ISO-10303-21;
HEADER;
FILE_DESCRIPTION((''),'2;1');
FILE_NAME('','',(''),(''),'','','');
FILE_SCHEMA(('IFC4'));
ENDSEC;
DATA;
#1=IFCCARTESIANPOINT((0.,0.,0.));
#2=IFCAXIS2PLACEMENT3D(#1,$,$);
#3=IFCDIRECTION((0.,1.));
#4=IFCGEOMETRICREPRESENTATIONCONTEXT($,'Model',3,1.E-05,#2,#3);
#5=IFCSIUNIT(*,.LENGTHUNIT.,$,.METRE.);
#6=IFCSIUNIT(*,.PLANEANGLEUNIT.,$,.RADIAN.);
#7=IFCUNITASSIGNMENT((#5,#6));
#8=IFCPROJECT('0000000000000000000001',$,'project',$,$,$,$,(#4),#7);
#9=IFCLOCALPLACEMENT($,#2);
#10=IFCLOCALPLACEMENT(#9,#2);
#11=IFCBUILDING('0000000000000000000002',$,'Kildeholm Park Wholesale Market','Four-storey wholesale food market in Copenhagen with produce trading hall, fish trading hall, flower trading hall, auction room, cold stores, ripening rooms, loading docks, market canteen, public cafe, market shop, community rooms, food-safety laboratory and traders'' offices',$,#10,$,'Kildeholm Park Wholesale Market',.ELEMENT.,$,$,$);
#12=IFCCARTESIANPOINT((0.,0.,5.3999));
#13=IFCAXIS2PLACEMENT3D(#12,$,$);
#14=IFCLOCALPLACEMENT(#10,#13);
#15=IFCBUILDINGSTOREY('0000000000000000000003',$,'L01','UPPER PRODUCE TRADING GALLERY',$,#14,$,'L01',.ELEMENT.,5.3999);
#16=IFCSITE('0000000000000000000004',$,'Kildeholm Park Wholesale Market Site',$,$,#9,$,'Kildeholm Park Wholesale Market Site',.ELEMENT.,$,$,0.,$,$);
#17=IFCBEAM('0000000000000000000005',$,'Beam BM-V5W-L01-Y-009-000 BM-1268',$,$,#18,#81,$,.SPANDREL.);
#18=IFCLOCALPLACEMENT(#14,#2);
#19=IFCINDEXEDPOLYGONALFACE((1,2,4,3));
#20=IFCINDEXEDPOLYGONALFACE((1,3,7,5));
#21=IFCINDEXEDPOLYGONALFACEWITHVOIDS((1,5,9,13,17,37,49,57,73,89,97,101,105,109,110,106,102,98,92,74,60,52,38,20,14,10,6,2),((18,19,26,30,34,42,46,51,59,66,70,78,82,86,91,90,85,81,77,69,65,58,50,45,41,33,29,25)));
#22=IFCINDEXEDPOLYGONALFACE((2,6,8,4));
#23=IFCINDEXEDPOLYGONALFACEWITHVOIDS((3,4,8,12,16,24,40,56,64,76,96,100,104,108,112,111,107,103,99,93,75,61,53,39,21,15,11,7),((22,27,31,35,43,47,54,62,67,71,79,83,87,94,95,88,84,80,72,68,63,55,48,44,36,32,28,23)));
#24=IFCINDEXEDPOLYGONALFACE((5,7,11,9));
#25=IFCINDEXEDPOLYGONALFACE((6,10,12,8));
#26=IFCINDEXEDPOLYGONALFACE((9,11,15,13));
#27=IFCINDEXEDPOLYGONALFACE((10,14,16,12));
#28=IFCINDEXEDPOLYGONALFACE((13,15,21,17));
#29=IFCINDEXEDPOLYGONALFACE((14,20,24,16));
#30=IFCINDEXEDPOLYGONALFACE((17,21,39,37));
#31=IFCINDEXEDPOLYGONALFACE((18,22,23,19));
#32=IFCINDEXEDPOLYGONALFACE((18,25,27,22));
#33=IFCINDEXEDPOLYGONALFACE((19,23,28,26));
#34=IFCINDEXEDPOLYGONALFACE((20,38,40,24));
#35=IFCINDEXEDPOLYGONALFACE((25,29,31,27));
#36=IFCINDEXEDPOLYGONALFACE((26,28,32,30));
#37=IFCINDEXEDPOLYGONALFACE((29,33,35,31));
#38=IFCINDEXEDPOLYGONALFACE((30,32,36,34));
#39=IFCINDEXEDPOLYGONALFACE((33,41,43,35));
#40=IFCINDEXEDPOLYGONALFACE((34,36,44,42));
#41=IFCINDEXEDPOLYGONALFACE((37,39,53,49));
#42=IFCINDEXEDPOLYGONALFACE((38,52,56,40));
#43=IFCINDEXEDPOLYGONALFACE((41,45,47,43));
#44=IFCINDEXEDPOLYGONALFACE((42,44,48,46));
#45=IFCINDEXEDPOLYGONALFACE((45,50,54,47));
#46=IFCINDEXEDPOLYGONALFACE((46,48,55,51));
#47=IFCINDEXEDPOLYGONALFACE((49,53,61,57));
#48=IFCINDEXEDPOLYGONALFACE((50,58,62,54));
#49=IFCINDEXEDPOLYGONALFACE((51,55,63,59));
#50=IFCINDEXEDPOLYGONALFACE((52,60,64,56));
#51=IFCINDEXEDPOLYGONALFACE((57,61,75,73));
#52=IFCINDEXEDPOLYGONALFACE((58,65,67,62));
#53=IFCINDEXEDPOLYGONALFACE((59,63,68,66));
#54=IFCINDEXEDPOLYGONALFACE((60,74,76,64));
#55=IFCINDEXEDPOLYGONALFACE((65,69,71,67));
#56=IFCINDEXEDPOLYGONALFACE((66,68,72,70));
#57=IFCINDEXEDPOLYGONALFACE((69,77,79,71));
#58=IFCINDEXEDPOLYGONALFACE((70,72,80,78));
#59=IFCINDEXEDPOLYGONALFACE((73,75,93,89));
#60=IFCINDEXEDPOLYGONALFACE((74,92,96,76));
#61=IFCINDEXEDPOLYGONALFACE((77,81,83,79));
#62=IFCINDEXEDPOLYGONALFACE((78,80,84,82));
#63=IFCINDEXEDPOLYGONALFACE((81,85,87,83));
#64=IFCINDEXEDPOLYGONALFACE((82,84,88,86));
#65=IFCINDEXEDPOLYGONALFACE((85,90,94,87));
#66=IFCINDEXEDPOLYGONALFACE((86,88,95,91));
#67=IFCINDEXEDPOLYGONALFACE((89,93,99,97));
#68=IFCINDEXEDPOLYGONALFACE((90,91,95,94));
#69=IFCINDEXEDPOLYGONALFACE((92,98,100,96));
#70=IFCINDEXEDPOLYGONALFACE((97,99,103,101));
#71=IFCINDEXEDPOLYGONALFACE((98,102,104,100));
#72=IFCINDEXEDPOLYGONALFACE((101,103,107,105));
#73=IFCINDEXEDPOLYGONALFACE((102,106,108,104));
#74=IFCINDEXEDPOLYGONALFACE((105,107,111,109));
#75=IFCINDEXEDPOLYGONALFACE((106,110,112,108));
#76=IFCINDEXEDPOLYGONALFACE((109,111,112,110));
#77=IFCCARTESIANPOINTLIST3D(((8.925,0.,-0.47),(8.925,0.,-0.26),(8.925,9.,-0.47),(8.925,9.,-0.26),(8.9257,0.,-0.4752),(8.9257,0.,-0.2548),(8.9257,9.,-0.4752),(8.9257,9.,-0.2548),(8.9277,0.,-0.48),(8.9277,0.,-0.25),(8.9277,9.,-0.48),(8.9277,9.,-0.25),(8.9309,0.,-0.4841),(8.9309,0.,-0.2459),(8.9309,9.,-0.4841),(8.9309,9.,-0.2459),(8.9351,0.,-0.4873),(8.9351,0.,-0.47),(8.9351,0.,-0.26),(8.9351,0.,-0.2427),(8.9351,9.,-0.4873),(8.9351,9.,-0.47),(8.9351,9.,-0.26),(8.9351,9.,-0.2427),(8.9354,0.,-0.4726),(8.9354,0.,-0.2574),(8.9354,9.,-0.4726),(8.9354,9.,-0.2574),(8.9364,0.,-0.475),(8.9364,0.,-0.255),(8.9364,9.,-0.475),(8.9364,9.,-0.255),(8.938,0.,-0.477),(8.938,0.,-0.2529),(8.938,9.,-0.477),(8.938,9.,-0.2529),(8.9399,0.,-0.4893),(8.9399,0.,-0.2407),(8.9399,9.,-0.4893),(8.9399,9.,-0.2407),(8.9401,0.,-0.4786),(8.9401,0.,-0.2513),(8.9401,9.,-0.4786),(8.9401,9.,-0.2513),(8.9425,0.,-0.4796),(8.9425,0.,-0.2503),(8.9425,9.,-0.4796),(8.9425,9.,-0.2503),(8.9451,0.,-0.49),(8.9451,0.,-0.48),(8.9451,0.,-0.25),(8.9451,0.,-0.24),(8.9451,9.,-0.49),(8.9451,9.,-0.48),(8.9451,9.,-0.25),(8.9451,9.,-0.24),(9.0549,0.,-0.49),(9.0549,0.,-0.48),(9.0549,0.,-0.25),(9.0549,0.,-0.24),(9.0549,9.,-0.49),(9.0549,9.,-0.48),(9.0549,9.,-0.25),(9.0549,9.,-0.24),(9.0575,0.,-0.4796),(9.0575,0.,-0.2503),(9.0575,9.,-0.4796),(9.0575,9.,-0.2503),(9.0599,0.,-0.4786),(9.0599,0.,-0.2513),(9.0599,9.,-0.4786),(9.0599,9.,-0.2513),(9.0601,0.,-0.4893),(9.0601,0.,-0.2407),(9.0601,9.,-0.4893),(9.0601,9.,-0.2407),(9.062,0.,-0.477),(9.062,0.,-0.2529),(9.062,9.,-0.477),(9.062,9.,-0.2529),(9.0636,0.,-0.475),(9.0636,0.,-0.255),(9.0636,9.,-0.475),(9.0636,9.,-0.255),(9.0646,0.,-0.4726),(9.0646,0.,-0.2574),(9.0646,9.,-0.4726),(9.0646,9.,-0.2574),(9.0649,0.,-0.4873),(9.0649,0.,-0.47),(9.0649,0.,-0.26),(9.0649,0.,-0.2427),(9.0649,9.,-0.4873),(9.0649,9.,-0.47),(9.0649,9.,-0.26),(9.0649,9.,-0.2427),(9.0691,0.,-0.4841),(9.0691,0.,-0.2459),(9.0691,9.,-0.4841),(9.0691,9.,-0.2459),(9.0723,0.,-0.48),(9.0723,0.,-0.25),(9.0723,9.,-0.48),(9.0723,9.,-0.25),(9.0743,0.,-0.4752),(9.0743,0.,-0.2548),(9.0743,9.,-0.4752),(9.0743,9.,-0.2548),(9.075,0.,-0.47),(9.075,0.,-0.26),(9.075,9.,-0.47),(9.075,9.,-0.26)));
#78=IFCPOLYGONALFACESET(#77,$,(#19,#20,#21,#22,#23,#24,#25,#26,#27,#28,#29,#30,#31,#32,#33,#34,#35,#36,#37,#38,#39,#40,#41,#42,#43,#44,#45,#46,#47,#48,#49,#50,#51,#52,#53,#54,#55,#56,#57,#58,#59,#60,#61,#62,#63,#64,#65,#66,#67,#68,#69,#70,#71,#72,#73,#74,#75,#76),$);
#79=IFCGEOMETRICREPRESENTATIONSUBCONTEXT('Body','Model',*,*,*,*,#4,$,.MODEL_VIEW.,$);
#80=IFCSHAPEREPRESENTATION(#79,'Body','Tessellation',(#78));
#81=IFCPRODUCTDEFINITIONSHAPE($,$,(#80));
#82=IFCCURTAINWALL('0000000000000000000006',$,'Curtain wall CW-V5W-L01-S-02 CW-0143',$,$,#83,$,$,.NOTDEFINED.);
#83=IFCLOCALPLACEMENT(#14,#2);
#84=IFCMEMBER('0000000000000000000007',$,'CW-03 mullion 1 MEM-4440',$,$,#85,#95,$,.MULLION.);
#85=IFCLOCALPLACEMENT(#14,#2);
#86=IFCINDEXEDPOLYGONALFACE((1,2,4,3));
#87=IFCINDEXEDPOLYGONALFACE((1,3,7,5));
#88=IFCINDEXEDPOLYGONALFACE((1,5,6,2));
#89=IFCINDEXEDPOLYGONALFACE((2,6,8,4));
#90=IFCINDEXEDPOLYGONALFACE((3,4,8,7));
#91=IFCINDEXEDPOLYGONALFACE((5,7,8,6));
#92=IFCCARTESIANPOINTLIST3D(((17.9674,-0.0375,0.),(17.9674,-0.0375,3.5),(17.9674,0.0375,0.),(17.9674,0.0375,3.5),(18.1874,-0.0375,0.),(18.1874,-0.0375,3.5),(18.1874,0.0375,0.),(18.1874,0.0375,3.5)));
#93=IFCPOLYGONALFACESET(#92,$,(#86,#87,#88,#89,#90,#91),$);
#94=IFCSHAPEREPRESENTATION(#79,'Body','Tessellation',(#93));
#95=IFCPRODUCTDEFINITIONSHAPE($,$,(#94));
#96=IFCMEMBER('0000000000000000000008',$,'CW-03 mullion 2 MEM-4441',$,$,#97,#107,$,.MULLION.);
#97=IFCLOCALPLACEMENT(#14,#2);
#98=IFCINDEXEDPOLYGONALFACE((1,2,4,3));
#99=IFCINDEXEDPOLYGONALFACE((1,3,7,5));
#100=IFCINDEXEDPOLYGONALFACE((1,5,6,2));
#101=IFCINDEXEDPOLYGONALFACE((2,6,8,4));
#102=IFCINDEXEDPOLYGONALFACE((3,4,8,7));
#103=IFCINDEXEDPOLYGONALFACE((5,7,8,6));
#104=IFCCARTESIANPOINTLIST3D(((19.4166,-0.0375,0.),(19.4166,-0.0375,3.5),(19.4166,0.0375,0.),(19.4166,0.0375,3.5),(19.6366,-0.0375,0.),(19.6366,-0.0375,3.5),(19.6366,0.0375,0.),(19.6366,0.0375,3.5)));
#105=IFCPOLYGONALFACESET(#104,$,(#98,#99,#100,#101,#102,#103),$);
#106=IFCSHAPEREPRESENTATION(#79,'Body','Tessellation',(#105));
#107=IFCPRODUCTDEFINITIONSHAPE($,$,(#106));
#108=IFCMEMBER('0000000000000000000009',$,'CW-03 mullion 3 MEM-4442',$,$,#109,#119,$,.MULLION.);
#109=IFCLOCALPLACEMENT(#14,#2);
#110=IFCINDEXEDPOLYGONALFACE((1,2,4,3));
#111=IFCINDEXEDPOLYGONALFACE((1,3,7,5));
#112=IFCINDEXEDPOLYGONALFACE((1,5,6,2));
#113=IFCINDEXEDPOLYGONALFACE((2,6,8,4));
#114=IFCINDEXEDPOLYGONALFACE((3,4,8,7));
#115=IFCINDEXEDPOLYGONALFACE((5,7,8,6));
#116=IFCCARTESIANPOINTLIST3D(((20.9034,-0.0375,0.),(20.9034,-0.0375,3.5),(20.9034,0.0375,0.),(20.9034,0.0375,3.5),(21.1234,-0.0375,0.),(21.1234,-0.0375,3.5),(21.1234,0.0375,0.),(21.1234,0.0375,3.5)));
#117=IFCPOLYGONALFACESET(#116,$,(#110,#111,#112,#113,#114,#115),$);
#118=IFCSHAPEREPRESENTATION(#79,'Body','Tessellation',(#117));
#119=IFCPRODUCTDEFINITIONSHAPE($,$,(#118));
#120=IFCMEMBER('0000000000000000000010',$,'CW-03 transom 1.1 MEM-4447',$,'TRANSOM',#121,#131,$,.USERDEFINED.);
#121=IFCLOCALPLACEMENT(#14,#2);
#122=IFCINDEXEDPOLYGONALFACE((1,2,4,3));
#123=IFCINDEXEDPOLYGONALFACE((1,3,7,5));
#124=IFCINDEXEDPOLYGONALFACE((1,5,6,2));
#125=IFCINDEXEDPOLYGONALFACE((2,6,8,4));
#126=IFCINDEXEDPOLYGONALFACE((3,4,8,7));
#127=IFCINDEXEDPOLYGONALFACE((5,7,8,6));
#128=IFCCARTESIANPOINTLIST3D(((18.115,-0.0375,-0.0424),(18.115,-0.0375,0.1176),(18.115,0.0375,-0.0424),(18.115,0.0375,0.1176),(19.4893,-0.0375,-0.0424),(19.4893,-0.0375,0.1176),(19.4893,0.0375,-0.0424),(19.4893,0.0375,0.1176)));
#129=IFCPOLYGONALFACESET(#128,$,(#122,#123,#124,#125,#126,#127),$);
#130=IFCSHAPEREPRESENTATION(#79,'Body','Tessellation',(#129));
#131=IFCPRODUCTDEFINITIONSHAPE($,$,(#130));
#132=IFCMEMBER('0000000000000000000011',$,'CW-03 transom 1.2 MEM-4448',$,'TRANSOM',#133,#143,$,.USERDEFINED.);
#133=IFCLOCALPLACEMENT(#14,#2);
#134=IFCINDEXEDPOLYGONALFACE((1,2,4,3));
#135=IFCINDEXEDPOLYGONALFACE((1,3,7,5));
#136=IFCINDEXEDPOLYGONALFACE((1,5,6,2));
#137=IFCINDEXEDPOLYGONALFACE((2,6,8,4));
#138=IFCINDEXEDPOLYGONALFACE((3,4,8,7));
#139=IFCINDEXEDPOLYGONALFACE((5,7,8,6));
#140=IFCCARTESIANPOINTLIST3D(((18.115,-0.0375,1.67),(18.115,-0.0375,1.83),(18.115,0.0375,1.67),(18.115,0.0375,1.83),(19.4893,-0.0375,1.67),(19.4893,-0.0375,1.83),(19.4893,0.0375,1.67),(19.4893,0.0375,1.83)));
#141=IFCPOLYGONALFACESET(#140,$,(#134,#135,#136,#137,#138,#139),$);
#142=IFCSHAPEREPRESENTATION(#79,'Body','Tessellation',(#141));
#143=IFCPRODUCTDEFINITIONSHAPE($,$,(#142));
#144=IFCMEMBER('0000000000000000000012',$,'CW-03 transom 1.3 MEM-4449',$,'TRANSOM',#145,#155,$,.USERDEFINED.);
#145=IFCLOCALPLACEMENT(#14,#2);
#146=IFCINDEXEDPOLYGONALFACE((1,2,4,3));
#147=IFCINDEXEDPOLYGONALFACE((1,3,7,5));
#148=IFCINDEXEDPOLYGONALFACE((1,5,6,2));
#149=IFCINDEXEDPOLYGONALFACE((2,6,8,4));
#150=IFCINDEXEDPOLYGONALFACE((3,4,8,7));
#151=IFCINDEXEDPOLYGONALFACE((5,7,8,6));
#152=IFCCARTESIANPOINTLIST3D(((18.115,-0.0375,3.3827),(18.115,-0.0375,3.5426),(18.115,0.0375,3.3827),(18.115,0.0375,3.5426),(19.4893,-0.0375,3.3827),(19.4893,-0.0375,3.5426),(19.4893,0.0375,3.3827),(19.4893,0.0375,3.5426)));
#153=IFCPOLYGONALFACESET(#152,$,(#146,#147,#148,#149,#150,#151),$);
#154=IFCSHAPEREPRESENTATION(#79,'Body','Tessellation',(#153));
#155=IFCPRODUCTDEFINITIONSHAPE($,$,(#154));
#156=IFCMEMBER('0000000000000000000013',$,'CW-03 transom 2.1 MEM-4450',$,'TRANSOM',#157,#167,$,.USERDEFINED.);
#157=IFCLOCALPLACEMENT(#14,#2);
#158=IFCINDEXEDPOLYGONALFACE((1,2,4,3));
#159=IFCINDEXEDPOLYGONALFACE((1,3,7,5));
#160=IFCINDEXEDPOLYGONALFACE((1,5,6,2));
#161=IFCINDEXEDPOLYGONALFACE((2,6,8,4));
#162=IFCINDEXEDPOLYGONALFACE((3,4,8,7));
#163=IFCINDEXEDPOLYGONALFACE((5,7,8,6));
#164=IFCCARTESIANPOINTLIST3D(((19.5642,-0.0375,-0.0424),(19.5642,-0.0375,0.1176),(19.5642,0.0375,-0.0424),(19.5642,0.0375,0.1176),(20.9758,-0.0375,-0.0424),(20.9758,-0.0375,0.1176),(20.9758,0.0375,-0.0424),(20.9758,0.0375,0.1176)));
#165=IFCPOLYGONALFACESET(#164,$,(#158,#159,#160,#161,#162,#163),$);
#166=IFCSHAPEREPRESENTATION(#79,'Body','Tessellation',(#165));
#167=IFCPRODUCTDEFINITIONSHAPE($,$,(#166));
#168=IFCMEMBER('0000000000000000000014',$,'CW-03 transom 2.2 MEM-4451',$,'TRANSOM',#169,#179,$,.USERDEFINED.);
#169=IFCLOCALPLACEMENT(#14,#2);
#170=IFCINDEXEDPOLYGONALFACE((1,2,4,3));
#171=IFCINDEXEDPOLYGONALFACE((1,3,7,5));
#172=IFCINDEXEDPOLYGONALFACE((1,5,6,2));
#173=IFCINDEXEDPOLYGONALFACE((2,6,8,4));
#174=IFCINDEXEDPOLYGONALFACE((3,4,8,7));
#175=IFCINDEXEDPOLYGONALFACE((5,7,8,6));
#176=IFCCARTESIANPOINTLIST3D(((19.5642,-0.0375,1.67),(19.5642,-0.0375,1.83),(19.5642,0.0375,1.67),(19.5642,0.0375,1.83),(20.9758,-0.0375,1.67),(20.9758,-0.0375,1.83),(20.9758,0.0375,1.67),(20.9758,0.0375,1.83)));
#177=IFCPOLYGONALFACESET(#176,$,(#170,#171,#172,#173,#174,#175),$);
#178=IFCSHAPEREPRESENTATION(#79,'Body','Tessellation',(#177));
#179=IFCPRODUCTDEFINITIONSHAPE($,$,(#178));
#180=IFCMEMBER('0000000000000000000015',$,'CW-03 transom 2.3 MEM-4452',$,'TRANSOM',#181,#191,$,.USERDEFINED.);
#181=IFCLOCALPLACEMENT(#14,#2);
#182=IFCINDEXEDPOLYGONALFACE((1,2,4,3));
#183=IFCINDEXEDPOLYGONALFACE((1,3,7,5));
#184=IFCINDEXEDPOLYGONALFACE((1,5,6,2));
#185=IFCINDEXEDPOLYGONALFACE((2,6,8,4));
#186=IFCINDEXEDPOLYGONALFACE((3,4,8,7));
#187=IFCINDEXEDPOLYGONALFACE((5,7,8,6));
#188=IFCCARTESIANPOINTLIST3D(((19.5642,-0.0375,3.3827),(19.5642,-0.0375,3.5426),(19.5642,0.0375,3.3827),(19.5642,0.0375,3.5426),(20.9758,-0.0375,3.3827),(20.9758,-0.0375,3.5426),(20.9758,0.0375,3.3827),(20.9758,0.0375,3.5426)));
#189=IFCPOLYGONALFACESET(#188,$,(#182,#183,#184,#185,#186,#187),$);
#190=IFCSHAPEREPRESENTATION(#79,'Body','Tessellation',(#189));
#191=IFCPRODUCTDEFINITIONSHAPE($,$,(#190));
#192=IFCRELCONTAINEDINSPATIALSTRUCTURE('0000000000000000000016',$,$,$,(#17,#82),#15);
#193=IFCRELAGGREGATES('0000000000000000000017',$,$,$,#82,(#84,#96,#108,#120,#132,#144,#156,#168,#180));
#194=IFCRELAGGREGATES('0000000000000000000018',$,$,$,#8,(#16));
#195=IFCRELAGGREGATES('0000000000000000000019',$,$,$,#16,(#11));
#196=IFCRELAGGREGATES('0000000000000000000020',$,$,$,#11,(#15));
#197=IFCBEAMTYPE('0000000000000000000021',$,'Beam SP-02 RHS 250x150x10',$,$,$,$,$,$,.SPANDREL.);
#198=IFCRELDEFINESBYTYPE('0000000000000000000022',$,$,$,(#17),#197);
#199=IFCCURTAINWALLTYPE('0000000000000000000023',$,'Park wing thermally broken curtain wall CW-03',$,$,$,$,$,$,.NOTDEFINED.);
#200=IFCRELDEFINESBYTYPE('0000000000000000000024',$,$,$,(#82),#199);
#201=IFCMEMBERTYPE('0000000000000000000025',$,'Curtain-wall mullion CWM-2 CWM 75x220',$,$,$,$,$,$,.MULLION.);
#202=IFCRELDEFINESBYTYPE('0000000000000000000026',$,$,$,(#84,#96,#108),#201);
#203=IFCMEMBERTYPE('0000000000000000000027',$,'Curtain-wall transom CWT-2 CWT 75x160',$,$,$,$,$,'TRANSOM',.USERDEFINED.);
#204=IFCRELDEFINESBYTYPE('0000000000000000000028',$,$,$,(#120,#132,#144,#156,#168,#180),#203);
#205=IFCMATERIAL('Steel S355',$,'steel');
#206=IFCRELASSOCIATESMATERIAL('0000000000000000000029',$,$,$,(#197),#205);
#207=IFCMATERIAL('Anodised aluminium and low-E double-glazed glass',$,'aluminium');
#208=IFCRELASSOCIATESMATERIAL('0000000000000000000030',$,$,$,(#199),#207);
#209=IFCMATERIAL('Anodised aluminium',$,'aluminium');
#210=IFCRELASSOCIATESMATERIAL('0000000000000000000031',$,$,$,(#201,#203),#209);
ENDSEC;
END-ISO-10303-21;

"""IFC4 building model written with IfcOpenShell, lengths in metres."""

from ifc_helpers import new_model, si_unit, direction, frame, origin, origin_2d, place, context, subcontext, project, spatial, rectangle, hollow_rectangle, extrude, material, material_profile, profile_set, type_object, element, aggregate, save


model = new_model("IFC4")

# Units and contexts
model_context = context("Model", 3, precision=1e-05, world=origin(), true_north=direction((0.0, 1.0)))
body_context = subcontext(model_context, "Body", "Model", "MODEL_VIEW")
ifc_project = project(units=[si_unit("LENGTHUNIT", "METRE"), si_unit("PLANEANGLEUNIT", "RADIAN")], contexts=[model_context])

# Site, building, storey
site_placement = place(None, origin())
site = spatial("IfcSite", under=ifc_project, at=site_placement, Name="Kildeholm Park Wholesale Market Site", LongName="Kildeholm Park Wholesale Market Site", CompositionType="ELEMENT", RefElevation=0.0)
building_placement = place(site_placement, origin())
building = spatial("IfcBuilding", under=site, at=building_placement, Name="Kildeholm Park Wholesale Market", Description="Four-storey wholesale food market in Copenhagen with produce trading hall, fish trading hall, flower trading hall, auction room, cold stores, ripening rooms, loading docks, market canteen, public cafe, market shop, community rooms, food-safety laboratory and traders' offices", LongName="Kildeholm Park Wholesale Market", CompositionType="ELEMENT")
storey_placement = place(building_placement, frame((0.0, 0.0, 5.3999)))
storey = spatial("IfcBuildingStorey", under=building, at=storey_placement, Name="L01", Description="UPPER PRODUCE TRADING GALLERY", LongName="L01", CompositionType="ELEMENT", Elevation=5.3999)

# Shared definitions
ifc_material_1 = material(Name="Steel S355", Category="steel")

# Beam
ifc_material_profile_1 = material_profile(ifc_material_1, hollow_rectangle(XDim=0.1499, YDim=0.25, WallThickness=0.01, InnerFilletRadius=0.01, OuterFilletRadius=0.02, at=origin_2d()), Name="RHS 250x150x10")
ifc_profile_set_1 = profile_set([ifc_material_profile_1], Name="Steel S355")
beam_type_1 = type_object("IfcBeamType", Name="Beam SP-02 RHS 250x150x10", PredefinedType="SPANDREL", material=ifc_profile_set_1)
beam_1_placement = place(storey_placement, frame((9.0, 0.0, -0.365), z_axis=(0.0, 1.0, 0.0), x_axis=(-1.0, 0.0, 0.0)))
element("IfcBeam", 1, at=beam_1_placement, inside=storey, type_object=beam_type_1, Name="Beam BM-V5W-L01-Y-009-000 BM-1268", PredefinedType="SPANDREL", context=body_context, shape_type="SweptSolid", body=[
    extrude(hollow_rectangle(XDim=0.1499, YDim=0.25, WallThickness=0.01, InnerFilletRadius=0.01, OuterFilletRadius=0.02, at=origin_2d()), origin(), (0.0, 0.0, 1.0), 9.0),
])

# Curtain wall, members
ifc_material_2 = material(Name="Anodised aluminium and low-E double-glazed glass", Category="aluminium")
curtain_wall_type = type_object("IfcCurtainWallType", Name="Park wing thermally broken curtain wall CW-03", PredefinedType="NOTDEFINED", material=ifc_material_2)
curtain_wall_placement = place(storey_placement, origin())
curtain_wall = element("IfcCurtainWall", 2, at=curtain_wall_placement, inside=storey, type_object=curtain_wall_type, Name="Curtain wall CW-V5W-L01-S-02 CW-0143", PredefinedType="NOTDEFINED")
ifc_material_3 = material(Name="Anodised aluminium", Category="aluminium")
ifc_material_profile_2 = material_profile(ifc_material_3, rectangle(XDim=0.075, YDim=0.22, at=origin_2d()), Name="CWM 75x220")
ifc_profile_set_2 = profile_set([ifc_material_profile_2], Name="Anodised aluminium")
member_type_1 = type_object("IfcMemberType", Name="Curtain-wall mullion CWM-2 CWM 75x220", PredefinedType="MULLION", material=ifc_profile_set_2)
member_1_placement = place(storey_placement, frame((18.0774, 0.0, 0.0), z_axis=(0.0, 0.0, 1.0), x_axis=(0.0, 1.0, 0.0)))
member_1 = element("IfcMember", 3, at=member_1_placement, type_object=member_type_1, Name="CW-03 mullion 1 MEM-4440", PredefinedType="MULLION", context=body_context, shape_type="SweptSolid", body=[
    extrude(rectangle(XDim=0.075, YDim=0.22, at=origin_2d()), origin(), (0.0, 0.0, 1.0), 3.5),
])
member_2_placement = place(storey_placement, frame((19.5266, 0.0, 0.0), z_axis=(0.0, 0.0, 1.0), x_axis=(0.0, 1.0, 0.0)))
member_2 = element("IfcMember", 4, at=member_2_placement, type_object=member_type_1, Name="CW-03 mullion 2 MEM-4441", PredefinedType="MULLION", context=body_context, shape_type="SweptSolid", body=[
    extrude(rectangle(XDim=0.075, YDim=0.22, at=origin_2d()), origin(), (0.0, 0.0, 1.0), 3.5),
])
member_3_placement = place(storey_placement, frame((21.0134, 0.0, 0.0), z_axis=(0.0, 0.0, 1.0), x_axis=(0.0, 1.0, 0.0)))
member_3 = element("IfcMember", 5, at=member_3_placement, type_object=member_type_1, Name="CW-03 mullion 3 MEM-4442", PredefinedType="MULLION", context=body_context, shape_type="SweptSolid", body=[
    extrude(rectangle(XDim=0.075, YDim=0.22, at=origin_2d()), origin(), (0.0, 0.0, 1.0), 3.5),
])
ifc_material_profile_3 = material_profile(ifc_material_3, rectangle(XDim=0.075, YDim=0.1599, at=origin_2d()), Name="CWT 75x160")
ifc_profile_set_3 = profile_set([ifc_material_profile_3], Name="Anodised aluminium")
member_type_2 = type_object("IfcMemberType", Name="Curtain-wall transom CWT-2 CWT 75x160", ElementType="TRANSOM", PredefinedType="USERDEFINED", material=ifc_profile_set_3)
member_4_placement = place(storey_placement, frame((18.115, 0.0, 0.0376), z_axis=(1.0, 0.0, 0.0), x_axis=(0.0, 1.0, 0.0)))
member_4 = element("IfcMember", 6, at=member_4_placement, type_object=member_type_2, Name="CW-03 transom 1.1 MEM-4447", ObjectType="TRANSOM", PredefinedType="USERDEFINED", context=body_context, shape_type="SweptSolid", body=[
    extrude(rectangle(XDim=0.075, YDim=0.1599, at=origin_2d()), origin(), (0.0, 0.0, 1.0), 1.3743),
])
member_5_placement = place(storey_placement, frame((18.115, 0.0, 1.75), z_axis=(1.0, 0.0, 0.0), x_axis=(0.0, 1.0, 0.0)))
member_5 = element("IfcMember", 7, at=member_5_placement, type_object=member_type_2, Name="CW-03 transom 1.2 MEM-4448", ObjectType="TRANSOM", PredefinedType="USERDEFINED", context=body_context, shape_type="SweptSolid", body=[
    extrude(rectangle(XDim=0.075, YDim=0.1599, at=origin_2d()), origin(), (0.0, 0.0, 1.0), 1.3743),
])
member_6_placement = place(storey_placement, frame((18.115, 0.0, 3.4626), z_axis=(1.0, 0.0, 0.0), x_axis=(0.0, 1.0, 0.0)))
member_6 = element("IfcMember", 8, at=member_6_placement, type_object=member_type_2, Name="CW-03 transom 1.3 MEM-4449", ObjectType="TRANSOM", PredefinedType="USERDEFINED", context=body_context, shape_type="SweptSolid", body=[
    extrude(rectangle(XDim=0.075, YDim=0.1599, at=origin_2d()), origin(), (0.0, 0.0, 1.0), 1.3743),
])
member_7_placement = place(storey_placement, frame((19.5642, 0.0, 0.0376), z_axis=(1.0, 0.0, 0.0), x_axis=(0.0, 1.0, 0.0)))
member_7 = element("IfcMember", 9, at=member_7_placement, type_object=member_type_2, Name="CW-03 transom 2.1 MEM-4450", ObjectType="TRANSOM", PredefinedType="USERDEFINED", context=body_context, shape_type="SweptSolid", body=[
    extrude(rectangle(XDim=0.075, YDim=0.1599, at=origin_2d()), origin(), (0.0, 0.0, 1.0), 1.4116),
])
member_8_placement = place(storey_placement, frame((19.5642, 0.0, 1.75), z_axis=(1.0, 0.0, 0.0), x_axis=(0.0, 1.0, 0.0)))
member_8 = element("IfcMember", 10, at=member_8_placement, type_object=member_type_2, Name="CW-03 transom 2.2 MEM-4451", ObjectType="TRANSOM", PredefinedType="USERDEFINED", context=body_context, shape_type="SweptSolid", body=[
    extrude(rectangle(XDim=0.075, YDim=0.1599, at=origin_2d()), origin(), (0.0, 0.0, 1.0), 1.4116),
])
member_9_placement = place(storey_placement, frame((19.5642, 0.0, 3.4626), z_axis=(1.0, 0.0, 0.0), x_axis=(0.0, 1.0, 0.0)))
member_9 = element("IfcMember", 11, at=member_9_placement, type_object=member_type_2, Name="CW-03 transom 2.3 MEM-4452", ObjectType="TRANSOM", PredefinedType="USERDEFINED", context=body_context, shape_type="SweptSolid", body=[
    extrude(rectangle(XDim=0.075, YDim=0.1599, at=origin_2d()), origin(), (0.0, 0.0, 1.0), 1.4116),
])

aggregate(curtain_wall, [member_1, member_2, member_3, member_4, member_5, member_6, member_7, member_8, member_9])

save(model, "model.ifc")
